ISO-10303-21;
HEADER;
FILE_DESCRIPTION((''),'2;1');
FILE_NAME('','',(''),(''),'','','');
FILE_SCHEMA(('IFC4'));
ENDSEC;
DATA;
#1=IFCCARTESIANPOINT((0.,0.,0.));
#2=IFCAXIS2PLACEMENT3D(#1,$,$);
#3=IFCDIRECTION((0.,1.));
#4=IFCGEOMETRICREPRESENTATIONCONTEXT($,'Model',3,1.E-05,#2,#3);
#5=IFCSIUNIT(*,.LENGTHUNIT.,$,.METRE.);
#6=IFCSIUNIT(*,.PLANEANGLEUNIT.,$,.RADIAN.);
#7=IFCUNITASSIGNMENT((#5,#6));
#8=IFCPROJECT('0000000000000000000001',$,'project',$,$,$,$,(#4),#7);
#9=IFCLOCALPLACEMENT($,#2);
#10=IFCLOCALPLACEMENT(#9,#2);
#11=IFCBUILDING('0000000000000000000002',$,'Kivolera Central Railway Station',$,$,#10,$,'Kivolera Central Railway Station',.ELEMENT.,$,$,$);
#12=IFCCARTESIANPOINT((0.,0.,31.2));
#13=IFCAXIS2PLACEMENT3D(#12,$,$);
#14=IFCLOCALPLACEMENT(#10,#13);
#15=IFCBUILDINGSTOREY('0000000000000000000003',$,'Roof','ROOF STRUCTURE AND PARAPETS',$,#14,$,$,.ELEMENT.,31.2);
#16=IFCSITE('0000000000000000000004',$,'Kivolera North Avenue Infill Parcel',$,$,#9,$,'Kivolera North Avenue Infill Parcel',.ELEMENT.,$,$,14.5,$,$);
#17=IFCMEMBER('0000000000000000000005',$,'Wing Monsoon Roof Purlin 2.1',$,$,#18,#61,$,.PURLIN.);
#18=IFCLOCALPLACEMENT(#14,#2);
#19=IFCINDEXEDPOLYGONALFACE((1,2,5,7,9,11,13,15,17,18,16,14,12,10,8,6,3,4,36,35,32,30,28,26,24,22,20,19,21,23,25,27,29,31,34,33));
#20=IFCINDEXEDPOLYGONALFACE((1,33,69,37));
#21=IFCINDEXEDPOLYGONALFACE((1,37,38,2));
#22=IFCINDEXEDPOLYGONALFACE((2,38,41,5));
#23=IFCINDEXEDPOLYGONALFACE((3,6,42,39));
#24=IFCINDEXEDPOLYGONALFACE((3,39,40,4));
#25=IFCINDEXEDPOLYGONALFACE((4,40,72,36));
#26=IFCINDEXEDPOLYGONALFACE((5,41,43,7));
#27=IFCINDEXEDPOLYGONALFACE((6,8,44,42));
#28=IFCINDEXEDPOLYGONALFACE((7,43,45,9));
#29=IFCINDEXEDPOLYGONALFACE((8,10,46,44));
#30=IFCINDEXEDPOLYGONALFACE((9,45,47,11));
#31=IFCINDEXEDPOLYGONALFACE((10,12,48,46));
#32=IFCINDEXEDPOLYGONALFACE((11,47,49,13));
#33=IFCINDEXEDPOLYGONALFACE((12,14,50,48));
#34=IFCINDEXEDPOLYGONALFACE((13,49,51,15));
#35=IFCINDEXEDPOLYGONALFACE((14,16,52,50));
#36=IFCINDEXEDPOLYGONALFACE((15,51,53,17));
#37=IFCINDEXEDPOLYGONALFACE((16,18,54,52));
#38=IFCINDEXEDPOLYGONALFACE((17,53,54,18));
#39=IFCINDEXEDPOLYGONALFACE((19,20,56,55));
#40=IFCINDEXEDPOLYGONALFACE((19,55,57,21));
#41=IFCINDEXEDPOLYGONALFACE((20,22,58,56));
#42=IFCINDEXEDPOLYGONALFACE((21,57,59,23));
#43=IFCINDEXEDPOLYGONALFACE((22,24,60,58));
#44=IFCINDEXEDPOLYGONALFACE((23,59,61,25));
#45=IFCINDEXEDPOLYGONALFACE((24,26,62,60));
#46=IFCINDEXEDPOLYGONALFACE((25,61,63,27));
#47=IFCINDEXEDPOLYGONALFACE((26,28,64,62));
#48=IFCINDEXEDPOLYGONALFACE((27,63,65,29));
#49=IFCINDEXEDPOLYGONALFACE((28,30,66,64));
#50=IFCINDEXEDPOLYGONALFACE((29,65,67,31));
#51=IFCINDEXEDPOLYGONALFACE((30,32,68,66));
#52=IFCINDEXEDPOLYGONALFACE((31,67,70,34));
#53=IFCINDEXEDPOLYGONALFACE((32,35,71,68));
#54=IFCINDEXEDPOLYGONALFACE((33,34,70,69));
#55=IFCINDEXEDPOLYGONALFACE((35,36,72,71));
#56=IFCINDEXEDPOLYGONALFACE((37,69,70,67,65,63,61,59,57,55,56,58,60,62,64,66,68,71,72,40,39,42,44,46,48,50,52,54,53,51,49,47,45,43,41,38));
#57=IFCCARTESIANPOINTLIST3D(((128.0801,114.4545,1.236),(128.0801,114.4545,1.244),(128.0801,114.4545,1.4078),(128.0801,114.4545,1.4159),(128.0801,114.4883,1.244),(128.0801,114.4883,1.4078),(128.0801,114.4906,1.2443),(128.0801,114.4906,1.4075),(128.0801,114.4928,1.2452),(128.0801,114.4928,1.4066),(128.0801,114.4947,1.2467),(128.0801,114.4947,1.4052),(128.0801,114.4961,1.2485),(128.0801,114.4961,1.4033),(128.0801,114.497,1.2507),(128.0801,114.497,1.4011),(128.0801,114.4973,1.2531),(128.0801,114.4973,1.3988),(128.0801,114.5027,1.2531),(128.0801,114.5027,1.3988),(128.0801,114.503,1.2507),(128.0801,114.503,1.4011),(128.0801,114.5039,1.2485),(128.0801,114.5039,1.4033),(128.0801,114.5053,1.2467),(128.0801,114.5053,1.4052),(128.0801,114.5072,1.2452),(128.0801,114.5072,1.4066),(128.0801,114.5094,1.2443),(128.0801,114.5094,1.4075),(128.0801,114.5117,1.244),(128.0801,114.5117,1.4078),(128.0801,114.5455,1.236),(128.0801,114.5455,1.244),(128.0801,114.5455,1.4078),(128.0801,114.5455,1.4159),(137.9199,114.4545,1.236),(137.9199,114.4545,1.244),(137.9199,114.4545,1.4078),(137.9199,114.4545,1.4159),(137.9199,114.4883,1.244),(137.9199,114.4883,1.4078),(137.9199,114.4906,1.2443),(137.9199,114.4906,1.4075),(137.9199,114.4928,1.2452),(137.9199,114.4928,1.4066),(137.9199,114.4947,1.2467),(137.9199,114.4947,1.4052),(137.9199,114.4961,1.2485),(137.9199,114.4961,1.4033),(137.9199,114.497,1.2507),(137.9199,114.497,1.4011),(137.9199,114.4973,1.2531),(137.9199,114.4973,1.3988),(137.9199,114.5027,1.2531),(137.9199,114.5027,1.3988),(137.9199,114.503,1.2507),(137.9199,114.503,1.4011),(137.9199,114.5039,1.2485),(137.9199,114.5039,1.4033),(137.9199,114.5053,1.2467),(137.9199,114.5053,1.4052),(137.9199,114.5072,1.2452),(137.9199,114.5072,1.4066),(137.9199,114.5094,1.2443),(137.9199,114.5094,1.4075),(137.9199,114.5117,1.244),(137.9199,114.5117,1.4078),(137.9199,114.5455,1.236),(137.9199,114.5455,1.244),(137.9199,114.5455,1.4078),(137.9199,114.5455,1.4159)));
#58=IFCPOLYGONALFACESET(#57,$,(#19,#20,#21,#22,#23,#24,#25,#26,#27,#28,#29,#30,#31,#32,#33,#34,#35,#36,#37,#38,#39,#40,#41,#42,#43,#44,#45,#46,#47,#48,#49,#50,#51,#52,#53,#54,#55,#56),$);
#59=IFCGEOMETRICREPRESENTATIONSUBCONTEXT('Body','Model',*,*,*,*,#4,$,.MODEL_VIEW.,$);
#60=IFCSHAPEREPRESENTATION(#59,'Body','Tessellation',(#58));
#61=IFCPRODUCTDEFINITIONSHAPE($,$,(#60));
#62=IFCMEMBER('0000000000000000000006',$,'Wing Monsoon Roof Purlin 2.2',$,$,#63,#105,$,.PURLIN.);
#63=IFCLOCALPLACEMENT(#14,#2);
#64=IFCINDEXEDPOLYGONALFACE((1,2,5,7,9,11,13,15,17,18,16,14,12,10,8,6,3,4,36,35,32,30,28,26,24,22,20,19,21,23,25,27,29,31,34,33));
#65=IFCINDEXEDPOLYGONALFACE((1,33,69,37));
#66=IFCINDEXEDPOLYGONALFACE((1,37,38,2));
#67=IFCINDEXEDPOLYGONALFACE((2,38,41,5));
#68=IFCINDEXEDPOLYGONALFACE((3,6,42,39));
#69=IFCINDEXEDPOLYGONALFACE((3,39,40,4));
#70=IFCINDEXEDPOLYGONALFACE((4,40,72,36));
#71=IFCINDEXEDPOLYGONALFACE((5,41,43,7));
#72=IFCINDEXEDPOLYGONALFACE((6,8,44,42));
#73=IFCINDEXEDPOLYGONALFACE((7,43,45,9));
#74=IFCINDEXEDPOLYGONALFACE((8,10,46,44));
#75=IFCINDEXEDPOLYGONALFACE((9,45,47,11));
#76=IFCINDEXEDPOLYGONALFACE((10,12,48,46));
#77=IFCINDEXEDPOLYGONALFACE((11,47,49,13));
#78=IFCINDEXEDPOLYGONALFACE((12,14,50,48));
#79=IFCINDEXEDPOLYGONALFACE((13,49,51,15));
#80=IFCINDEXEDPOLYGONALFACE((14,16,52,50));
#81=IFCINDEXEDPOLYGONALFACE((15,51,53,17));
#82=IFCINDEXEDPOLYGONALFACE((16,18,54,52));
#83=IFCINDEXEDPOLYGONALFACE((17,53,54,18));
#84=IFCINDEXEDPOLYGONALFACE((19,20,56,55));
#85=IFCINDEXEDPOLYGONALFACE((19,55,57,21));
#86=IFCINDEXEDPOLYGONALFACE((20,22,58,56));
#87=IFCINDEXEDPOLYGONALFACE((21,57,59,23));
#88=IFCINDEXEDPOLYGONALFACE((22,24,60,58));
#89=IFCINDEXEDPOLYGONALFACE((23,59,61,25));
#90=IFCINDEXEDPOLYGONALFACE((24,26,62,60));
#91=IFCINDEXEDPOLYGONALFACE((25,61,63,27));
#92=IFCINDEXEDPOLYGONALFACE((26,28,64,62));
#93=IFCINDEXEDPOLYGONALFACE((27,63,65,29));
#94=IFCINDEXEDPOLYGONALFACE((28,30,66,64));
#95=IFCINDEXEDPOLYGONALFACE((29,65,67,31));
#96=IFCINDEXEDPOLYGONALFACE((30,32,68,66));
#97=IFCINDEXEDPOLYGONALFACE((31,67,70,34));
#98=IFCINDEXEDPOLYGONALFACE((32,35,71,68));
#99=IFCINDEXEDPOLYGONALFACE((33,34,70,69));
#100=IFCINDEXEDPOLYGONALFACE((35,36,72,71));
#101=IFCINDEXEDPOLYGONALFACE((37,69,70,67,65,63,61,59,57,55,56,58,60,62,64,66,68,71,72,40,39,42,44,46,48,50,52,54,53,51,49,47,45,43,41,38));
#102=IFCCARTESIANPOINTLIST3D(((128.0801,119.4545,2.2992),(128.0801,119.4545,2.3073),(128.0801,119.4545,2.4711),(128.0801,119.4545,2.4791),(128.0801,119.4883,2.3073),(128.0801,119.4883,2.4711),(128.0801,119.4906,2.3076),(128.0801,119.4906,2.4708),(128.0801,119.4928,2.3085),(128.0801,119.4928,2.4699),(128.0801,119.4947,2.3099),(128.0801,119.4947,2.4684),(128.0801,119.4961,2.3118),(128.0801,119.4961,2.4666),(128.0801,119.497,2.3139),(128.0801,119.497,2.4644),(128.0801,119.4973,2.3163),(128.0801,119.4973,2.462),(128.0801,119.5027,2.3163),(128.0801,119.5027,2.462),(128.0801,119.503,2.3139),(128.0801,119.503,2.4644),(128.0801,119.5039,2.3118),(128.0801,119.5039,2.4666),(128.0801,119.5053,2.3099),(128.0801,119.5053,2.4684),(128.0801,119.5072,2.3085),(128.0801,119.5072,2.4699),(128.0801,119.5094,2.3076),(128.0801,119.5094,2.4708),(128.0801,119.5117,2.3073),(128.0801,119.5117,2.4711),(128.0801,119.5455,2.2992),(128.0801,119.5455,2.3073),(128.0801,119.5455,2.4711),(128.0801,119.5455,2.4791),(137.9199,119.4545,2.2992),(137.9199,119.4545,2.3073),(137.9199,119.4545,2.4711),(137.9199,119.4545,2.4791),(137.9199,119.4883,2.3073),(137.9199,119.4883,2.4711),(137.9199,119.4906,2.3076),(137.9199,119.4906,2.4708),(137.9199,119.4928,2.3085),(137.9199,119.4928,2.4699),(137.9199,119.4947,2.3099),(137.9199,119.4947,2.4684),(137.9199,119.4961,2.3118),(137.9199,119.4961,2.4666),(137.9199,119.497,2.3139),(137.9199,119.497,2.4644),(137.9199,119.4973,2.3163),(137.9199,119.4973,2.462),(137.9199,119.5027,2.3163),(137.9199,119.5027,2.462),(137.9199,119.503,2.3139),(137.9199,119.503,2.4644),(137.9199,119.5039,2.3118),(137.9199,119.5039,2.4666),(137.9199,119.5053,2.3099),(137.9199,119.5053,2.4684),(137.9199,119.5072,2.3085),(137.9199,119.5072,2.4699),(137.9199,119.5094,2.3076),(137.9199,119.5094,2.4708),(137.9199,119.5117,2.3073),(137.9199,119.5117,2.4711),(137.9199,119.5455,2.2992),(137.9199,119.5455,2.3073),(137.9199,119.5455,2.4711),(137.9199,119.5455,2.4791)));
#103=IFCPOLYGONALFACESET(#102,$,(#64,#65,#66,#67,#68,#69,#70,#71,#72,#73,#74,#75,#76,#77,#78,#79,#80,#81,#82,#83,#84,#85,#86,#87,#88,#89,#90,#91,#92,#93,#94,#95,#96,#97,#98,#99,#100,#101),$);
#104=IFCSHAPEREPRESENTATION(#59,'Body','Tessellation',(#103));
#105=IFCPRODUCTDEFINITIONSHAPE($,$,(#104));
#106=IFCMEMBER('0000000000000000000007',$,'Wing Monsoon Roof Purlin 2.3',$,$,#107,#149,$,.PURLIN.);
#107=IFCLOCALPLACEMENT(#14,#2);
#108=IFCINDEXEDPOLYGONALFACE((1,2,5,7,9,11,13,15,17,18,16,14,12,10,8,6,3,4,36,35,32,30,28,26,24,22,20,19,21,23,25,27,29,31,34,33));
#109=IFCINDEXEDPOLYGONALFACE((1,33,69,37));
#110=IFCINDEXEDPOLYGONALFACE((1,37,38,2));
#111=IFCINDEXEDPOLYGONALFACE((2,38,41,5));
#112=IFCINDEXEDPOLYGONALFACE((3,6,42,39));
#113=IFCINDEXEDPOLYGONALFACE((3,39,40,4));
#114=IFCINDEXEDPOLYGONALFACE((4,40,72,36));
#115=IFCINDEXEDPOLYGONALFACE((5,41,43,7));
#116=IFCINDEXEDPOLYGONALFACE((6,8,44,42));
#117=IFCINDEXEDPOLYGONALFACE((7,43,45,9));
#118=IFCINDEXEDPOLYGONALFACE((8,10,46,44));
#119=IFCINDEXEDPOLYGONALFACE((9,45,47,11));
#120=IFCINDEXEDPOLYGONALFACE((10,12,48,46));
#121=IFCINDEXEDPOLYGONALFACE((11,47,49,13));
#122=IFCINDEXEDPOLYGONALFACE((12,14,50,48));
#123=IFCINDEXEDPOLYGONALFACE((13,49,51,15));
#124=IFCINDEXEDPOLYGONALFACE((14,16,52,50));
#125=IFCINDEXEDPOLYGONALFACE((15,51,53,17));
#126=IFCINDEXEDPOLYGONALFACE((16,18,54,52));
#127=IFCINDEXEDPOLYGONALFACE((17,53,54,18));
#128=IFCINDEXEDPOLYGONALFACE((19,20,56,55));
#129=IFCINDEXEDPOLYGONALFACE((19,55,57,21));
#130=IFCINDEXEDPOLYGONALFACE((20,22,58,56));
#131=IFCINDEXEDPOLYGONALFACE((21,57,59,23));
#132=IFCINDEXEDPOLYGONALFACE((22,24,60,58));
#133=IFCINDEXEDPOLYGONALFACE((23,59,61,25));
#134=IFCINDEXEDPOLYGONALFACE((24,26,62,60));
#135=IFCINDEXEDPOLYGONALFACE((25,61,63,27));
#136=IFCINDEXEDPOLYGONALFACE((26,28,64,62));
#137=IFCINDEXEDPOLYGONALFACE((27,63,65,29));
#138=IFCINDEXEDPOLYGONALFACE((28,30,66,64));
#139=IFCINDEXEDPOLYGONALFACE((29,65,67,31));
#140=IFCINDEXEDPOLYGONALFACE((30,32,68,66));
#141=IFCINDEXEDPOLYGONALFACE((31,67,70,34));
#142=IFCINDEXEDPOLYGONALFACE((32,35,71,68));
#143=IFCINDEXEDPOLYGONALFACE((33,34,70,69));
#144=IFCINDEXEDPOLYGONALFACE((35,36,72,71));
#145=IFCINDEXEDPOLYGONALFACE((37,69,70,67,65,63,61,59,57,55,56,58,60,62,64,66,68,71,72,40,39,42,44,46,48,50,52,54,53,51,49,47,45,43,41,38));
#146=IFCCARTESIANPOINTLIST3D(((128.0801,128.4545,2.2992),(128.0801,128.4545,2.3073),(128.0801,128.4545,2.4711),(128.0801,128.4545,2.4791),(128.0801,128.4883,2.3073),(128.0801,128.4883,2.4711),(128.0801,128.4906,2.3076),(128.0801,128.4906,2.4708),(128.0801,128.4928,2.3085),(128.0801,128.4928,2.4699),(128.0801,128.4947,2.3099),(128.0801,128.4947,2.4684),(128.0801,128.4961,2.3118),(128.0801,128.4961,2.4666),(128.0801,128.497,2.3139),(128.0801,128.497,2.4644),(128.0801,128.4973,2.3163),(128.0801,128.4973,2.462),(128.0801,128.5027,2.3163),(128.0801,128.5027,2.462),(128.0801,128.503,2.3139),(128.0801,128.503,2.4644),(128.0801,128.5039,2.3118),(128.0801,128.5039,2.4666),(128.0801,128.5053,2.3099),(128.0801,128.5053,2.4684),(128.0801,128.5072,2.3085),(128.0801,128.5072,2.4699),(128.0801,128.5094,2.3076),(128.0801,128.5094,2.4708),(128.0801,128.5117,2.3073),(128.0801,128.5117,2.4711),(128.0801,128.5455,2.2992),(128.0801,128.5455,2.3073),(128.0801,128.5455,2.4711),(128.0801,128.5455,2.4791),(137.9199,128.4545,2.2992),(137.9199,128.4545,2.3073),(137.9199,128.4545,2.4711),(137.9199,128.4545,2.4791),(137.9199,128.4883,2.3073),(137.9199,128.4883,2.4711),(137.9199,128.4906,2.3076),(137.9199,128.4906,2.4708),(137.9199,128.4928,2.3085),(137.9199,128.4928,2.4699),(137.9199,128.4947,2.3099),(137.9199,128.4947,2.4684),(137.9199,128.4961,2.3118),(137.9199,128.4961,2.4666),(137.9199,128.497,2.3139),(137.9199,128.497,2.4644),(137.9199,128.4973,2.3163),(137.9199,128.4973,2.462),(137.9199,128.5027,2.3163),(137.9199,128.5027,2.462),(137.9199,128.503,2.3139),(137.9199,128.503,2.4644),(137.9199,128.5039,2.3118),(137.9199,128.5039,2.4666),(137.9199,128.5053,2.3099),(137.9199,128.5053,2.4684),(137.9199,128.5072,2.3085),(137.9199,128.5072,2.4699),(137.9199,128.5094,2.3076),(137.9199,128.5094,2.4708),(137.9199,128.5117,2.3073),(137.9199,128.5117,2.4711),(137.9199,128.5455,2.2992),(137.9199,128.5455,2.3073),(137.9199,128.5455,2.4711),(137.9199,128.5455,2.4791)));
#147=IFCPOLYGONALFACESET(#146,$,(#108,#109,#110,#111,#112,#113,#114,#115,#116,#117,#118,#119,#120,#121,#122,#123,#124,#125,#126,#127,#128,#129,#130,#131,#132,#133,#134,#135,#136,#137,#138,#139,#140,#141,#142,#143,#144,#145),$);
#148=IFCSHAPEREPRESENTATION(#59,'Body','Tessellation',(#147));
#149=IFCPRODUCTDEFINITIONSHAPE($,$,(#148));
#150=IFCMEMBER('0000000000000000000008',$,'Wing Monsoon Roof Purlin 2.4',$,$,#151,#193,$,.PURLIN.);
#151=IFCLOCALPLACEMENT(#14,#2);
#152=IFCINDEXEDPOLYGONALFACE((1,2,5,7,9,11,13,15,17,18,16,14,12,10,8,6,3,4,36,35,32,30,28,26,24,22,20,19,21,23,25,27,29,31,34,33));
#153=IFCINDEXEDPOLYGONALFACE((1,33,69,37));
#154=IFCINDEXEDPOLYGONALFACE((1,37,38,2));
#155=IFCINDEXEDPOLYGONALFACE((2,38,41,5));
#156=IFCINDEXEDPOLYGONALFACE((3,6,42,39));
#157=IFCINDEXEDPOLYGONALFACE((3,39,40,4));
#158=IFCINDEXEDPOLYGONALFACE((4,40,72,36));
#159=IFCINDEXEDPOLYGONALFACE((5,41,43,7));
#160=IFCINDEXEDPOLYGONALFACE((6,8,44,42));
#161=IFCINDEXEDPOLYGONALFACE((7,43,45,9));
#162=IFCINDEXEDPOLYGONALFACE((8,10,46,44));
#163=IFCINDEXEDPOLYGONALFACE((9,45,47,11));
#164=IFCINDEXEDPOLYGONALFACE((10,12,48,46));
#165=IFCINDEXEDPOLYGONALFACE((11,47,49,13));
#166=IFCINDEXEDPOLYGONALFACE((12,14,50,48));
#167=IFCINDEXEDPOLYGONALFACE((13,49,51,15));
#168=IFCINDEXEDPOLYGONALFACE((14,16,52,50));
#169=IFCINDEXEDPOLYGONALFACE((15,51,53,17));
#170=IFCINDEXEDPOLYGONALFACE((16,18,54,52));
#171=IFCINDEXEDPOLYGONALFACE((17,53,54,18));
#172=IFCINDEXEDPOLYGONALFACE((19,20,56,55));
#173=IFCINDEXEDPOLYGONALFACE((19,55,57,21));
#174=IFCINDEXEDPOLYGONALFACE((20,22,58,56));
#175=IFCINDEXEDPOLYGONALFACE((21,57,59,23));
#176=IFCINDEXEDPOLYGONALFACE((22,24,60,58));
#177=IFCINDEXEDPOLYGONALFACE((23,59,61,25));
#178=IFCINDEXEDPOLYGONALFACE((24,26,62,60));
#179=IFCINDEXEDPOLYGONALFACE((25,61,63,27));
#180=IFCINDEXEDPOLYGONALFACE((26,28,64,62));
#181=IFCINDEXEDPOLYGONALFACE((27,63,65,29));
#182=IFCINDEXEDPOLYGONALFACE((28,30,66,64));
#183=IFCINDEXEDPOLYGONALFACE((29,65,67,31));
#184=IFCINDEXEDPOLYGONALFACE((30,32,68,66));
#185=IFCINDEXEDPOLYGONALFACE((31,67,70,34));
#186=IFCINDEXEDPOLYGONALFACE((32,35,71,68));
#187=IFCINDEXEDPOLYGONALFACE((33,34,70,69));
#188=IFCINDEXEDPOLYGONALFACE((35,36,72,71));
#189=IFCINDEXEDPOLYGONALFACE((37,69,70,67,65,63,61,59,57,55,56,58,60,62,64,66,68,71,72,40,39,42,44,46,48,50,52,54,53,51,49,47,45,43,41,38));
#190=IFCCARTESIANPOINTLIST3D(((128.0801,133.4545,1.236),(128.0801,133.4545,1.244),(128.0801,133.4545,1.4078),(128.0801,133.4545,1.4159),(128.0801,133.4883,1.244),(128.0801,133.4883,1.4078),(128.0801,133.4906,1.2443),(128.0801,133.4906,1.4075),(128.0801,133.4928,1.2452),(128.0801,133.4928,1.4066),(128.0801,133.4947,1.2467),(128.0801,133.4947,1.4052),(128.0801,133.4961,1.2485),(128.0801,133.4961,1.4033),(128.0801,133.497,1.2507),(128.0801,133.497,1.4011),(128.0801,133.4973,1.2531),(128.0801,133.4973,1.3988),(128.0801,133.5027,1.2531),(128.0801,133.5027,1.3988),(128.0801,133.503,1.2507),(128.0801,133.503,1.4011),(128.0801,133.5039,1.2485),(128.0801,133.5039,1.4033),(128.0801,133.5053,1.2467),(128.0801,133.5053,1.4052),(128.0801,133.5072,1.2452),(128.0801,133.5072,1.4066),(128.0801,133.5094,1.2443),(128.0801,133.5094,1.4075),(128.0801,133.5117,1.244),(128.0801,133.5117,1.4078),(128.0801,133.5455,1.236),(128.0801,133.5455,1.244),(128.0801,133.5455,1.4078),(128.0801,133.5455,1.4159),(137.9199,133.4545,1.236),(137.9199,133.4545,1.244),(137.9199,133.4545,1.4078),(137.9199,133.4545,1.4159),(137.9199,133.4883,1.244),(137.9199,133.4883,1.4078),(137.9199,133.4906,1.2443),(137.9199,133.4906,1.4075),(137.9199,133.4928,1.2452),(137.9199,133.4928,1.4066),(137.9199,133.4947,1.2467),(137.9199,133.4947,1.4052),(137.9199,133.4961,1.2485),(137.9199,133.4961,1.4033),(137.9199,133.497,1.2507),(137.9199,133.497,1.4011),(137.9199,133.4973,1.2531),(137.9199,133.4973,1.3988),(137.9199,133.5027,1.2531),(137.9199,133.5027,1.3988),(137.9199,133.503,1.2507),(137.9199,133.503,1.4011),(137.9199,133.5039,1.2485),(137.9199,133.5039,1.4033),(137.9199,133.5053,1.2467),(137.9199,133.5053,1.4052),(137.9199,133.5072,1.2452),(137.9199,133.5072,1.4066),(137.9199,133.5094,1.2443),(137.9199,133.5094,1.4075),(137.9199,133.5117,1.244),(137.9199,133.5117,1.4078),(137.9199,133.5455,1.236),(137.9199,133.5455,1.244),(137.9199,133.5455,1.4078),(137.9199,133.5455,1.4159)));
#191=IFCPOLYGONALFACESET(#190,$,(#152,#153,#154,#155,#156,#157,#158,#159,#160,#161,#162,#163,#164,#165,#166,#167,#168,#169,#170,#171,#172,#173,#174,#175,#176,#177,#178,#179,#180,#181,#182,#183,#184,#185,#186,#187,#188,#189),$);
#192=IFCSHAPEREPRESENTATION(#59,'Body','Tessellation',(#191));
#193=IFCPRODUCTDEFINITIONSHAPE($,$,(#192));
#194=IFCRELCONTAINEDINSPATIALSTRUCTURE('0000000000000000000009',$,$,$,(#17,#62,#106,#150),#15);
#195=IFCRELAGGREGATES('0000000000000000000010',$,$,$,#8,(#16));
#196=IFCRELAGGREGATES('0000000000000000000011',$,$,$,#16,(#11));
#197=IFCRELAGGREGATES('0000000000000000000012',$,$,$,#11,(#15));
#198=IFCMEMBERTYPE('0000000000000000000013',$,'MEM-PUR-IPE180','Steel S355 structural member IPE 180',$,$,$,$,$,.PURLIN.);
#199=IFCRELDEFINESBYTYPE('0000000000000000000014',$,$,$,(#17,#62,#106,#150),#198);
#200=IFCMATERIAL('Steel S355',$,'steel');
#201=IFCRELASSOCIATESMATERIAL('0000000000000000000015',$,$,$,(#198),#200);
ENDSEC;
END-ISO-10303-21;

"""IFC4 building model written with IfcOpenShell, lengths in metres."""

from ifc_helpers import new_model, si_unit, direction, frame, origin, origin_2d, place, context, subcontext, project, spatial, i_section, extrude, material, material_profile, profile_set, type_object, element, save


model = new_model("IFC4")

# Units and contexts
model_context = context("Model", 3, precision=1e-05, world=origin(), true_north=direction((0.0, 1.0)))
body_context = subcontext(model_context, "Body", "Model", "MODEL_VIEW")
ifc_project = project(units=[si_unit("LENGTHUNIT", "METRE"), si_unit("PLANEANGLEUNIT", "RADIAN")], contexts=[model_context])

# Site, building, storey
site_placement = place(None, origin())
site = spatial("IfcSite", under=ifc_project, at=site_placement, Name="Kivolera North Avenue Infill Parcel", LongName="Kivolera North Avenue Infill Parcel", CompositionType="ELEMENT", RefElevation=14.5)
building_placement = place(site_placement, origin())
building = spatial("IfcBuilding", under=site, at=building_placement, Name="Kivolera Central Railway Station", LongName="Kivolera Central Railway Station", CompositionType="ELEMENT")
storey_placement = place(building_placement, frame((0.0, 0.0, 31.2)))
storey = spatial("IfcBuildingStorey", under=building, at=storey_placement, Name="Roof", Description="ROOF STRUCTURE AND PARAPETS", CompositionType="ELEMENT", Elevation=31.2)

# Shared definitions
ifc_material_1 = material(Name="Steel S355", Category="steel")

# Members
ifc_material_profile_1 = material_profile(ifc_material_1, i_section(OverallWidth=0.0911, OverallDepth=0.1799, WebThickness=0.0054, FlangeThickness=0.0081, FilletRadius=0.009, at=origin_2d()), Name="IPE 180")
ifc_profile_set_1 = profile_set([ifc_material_profile_1], Name="Steel S355")
member_type_1 = type_object("IfcMemberType", Name="MEM-PUR-IPE180", Description="Steel S355 structural member IPE 180", PredefinedType="PURLIN", material=ifc_profile_set_1)
for number, where, z_axis, x_axis, name in (
    (1, (128.0801, 114.5, 1.3259), (1.0, 0.0, 0.0), (0.0, 1.0, 0.0), "Wing Monsoon Roof Purlin 2.1"),
    (2, (128.0801, 119.5, 2.3892), (1.0, 0.0, 0.0), (0.0, 1.0, 0.0), "Wing Monsoon Roof Purlin 2.2"),
    (3, (128.0801, 128.5, 2.3892), (1.0, 0.0, 0.0), (0.0, 1.0, 0.0), "Wing Monsoon Roof Purlin 2.3"),
    (4, (128.0801, 133.5, 1.3259), (1.0, 0.0, 0.0), (0.0, 1.0, 0.0), "Wing Monsoon Roof Purlin 2.4"),
):
    element("IfcMember", number, at=place(storey_placement, frame(where, z_axis=z_axis, x_axis=x_axis)), inside=storey, type_object=member_type_1, Name=name, PredefinedType="PURLIN", context=body_context, shape_type="SweptSolid", body=[
        extrude(i_section(OverallWidth=0.0911, OverallDepth=0.1799, WebThickness=0.0054, FlangeThickness=0.0081, FilletRadius=0.009, at=origin_2d()), origin(), (0.0, 0.0, 1.0), 9.8398),
    ])

save(model, "model.ifc")
